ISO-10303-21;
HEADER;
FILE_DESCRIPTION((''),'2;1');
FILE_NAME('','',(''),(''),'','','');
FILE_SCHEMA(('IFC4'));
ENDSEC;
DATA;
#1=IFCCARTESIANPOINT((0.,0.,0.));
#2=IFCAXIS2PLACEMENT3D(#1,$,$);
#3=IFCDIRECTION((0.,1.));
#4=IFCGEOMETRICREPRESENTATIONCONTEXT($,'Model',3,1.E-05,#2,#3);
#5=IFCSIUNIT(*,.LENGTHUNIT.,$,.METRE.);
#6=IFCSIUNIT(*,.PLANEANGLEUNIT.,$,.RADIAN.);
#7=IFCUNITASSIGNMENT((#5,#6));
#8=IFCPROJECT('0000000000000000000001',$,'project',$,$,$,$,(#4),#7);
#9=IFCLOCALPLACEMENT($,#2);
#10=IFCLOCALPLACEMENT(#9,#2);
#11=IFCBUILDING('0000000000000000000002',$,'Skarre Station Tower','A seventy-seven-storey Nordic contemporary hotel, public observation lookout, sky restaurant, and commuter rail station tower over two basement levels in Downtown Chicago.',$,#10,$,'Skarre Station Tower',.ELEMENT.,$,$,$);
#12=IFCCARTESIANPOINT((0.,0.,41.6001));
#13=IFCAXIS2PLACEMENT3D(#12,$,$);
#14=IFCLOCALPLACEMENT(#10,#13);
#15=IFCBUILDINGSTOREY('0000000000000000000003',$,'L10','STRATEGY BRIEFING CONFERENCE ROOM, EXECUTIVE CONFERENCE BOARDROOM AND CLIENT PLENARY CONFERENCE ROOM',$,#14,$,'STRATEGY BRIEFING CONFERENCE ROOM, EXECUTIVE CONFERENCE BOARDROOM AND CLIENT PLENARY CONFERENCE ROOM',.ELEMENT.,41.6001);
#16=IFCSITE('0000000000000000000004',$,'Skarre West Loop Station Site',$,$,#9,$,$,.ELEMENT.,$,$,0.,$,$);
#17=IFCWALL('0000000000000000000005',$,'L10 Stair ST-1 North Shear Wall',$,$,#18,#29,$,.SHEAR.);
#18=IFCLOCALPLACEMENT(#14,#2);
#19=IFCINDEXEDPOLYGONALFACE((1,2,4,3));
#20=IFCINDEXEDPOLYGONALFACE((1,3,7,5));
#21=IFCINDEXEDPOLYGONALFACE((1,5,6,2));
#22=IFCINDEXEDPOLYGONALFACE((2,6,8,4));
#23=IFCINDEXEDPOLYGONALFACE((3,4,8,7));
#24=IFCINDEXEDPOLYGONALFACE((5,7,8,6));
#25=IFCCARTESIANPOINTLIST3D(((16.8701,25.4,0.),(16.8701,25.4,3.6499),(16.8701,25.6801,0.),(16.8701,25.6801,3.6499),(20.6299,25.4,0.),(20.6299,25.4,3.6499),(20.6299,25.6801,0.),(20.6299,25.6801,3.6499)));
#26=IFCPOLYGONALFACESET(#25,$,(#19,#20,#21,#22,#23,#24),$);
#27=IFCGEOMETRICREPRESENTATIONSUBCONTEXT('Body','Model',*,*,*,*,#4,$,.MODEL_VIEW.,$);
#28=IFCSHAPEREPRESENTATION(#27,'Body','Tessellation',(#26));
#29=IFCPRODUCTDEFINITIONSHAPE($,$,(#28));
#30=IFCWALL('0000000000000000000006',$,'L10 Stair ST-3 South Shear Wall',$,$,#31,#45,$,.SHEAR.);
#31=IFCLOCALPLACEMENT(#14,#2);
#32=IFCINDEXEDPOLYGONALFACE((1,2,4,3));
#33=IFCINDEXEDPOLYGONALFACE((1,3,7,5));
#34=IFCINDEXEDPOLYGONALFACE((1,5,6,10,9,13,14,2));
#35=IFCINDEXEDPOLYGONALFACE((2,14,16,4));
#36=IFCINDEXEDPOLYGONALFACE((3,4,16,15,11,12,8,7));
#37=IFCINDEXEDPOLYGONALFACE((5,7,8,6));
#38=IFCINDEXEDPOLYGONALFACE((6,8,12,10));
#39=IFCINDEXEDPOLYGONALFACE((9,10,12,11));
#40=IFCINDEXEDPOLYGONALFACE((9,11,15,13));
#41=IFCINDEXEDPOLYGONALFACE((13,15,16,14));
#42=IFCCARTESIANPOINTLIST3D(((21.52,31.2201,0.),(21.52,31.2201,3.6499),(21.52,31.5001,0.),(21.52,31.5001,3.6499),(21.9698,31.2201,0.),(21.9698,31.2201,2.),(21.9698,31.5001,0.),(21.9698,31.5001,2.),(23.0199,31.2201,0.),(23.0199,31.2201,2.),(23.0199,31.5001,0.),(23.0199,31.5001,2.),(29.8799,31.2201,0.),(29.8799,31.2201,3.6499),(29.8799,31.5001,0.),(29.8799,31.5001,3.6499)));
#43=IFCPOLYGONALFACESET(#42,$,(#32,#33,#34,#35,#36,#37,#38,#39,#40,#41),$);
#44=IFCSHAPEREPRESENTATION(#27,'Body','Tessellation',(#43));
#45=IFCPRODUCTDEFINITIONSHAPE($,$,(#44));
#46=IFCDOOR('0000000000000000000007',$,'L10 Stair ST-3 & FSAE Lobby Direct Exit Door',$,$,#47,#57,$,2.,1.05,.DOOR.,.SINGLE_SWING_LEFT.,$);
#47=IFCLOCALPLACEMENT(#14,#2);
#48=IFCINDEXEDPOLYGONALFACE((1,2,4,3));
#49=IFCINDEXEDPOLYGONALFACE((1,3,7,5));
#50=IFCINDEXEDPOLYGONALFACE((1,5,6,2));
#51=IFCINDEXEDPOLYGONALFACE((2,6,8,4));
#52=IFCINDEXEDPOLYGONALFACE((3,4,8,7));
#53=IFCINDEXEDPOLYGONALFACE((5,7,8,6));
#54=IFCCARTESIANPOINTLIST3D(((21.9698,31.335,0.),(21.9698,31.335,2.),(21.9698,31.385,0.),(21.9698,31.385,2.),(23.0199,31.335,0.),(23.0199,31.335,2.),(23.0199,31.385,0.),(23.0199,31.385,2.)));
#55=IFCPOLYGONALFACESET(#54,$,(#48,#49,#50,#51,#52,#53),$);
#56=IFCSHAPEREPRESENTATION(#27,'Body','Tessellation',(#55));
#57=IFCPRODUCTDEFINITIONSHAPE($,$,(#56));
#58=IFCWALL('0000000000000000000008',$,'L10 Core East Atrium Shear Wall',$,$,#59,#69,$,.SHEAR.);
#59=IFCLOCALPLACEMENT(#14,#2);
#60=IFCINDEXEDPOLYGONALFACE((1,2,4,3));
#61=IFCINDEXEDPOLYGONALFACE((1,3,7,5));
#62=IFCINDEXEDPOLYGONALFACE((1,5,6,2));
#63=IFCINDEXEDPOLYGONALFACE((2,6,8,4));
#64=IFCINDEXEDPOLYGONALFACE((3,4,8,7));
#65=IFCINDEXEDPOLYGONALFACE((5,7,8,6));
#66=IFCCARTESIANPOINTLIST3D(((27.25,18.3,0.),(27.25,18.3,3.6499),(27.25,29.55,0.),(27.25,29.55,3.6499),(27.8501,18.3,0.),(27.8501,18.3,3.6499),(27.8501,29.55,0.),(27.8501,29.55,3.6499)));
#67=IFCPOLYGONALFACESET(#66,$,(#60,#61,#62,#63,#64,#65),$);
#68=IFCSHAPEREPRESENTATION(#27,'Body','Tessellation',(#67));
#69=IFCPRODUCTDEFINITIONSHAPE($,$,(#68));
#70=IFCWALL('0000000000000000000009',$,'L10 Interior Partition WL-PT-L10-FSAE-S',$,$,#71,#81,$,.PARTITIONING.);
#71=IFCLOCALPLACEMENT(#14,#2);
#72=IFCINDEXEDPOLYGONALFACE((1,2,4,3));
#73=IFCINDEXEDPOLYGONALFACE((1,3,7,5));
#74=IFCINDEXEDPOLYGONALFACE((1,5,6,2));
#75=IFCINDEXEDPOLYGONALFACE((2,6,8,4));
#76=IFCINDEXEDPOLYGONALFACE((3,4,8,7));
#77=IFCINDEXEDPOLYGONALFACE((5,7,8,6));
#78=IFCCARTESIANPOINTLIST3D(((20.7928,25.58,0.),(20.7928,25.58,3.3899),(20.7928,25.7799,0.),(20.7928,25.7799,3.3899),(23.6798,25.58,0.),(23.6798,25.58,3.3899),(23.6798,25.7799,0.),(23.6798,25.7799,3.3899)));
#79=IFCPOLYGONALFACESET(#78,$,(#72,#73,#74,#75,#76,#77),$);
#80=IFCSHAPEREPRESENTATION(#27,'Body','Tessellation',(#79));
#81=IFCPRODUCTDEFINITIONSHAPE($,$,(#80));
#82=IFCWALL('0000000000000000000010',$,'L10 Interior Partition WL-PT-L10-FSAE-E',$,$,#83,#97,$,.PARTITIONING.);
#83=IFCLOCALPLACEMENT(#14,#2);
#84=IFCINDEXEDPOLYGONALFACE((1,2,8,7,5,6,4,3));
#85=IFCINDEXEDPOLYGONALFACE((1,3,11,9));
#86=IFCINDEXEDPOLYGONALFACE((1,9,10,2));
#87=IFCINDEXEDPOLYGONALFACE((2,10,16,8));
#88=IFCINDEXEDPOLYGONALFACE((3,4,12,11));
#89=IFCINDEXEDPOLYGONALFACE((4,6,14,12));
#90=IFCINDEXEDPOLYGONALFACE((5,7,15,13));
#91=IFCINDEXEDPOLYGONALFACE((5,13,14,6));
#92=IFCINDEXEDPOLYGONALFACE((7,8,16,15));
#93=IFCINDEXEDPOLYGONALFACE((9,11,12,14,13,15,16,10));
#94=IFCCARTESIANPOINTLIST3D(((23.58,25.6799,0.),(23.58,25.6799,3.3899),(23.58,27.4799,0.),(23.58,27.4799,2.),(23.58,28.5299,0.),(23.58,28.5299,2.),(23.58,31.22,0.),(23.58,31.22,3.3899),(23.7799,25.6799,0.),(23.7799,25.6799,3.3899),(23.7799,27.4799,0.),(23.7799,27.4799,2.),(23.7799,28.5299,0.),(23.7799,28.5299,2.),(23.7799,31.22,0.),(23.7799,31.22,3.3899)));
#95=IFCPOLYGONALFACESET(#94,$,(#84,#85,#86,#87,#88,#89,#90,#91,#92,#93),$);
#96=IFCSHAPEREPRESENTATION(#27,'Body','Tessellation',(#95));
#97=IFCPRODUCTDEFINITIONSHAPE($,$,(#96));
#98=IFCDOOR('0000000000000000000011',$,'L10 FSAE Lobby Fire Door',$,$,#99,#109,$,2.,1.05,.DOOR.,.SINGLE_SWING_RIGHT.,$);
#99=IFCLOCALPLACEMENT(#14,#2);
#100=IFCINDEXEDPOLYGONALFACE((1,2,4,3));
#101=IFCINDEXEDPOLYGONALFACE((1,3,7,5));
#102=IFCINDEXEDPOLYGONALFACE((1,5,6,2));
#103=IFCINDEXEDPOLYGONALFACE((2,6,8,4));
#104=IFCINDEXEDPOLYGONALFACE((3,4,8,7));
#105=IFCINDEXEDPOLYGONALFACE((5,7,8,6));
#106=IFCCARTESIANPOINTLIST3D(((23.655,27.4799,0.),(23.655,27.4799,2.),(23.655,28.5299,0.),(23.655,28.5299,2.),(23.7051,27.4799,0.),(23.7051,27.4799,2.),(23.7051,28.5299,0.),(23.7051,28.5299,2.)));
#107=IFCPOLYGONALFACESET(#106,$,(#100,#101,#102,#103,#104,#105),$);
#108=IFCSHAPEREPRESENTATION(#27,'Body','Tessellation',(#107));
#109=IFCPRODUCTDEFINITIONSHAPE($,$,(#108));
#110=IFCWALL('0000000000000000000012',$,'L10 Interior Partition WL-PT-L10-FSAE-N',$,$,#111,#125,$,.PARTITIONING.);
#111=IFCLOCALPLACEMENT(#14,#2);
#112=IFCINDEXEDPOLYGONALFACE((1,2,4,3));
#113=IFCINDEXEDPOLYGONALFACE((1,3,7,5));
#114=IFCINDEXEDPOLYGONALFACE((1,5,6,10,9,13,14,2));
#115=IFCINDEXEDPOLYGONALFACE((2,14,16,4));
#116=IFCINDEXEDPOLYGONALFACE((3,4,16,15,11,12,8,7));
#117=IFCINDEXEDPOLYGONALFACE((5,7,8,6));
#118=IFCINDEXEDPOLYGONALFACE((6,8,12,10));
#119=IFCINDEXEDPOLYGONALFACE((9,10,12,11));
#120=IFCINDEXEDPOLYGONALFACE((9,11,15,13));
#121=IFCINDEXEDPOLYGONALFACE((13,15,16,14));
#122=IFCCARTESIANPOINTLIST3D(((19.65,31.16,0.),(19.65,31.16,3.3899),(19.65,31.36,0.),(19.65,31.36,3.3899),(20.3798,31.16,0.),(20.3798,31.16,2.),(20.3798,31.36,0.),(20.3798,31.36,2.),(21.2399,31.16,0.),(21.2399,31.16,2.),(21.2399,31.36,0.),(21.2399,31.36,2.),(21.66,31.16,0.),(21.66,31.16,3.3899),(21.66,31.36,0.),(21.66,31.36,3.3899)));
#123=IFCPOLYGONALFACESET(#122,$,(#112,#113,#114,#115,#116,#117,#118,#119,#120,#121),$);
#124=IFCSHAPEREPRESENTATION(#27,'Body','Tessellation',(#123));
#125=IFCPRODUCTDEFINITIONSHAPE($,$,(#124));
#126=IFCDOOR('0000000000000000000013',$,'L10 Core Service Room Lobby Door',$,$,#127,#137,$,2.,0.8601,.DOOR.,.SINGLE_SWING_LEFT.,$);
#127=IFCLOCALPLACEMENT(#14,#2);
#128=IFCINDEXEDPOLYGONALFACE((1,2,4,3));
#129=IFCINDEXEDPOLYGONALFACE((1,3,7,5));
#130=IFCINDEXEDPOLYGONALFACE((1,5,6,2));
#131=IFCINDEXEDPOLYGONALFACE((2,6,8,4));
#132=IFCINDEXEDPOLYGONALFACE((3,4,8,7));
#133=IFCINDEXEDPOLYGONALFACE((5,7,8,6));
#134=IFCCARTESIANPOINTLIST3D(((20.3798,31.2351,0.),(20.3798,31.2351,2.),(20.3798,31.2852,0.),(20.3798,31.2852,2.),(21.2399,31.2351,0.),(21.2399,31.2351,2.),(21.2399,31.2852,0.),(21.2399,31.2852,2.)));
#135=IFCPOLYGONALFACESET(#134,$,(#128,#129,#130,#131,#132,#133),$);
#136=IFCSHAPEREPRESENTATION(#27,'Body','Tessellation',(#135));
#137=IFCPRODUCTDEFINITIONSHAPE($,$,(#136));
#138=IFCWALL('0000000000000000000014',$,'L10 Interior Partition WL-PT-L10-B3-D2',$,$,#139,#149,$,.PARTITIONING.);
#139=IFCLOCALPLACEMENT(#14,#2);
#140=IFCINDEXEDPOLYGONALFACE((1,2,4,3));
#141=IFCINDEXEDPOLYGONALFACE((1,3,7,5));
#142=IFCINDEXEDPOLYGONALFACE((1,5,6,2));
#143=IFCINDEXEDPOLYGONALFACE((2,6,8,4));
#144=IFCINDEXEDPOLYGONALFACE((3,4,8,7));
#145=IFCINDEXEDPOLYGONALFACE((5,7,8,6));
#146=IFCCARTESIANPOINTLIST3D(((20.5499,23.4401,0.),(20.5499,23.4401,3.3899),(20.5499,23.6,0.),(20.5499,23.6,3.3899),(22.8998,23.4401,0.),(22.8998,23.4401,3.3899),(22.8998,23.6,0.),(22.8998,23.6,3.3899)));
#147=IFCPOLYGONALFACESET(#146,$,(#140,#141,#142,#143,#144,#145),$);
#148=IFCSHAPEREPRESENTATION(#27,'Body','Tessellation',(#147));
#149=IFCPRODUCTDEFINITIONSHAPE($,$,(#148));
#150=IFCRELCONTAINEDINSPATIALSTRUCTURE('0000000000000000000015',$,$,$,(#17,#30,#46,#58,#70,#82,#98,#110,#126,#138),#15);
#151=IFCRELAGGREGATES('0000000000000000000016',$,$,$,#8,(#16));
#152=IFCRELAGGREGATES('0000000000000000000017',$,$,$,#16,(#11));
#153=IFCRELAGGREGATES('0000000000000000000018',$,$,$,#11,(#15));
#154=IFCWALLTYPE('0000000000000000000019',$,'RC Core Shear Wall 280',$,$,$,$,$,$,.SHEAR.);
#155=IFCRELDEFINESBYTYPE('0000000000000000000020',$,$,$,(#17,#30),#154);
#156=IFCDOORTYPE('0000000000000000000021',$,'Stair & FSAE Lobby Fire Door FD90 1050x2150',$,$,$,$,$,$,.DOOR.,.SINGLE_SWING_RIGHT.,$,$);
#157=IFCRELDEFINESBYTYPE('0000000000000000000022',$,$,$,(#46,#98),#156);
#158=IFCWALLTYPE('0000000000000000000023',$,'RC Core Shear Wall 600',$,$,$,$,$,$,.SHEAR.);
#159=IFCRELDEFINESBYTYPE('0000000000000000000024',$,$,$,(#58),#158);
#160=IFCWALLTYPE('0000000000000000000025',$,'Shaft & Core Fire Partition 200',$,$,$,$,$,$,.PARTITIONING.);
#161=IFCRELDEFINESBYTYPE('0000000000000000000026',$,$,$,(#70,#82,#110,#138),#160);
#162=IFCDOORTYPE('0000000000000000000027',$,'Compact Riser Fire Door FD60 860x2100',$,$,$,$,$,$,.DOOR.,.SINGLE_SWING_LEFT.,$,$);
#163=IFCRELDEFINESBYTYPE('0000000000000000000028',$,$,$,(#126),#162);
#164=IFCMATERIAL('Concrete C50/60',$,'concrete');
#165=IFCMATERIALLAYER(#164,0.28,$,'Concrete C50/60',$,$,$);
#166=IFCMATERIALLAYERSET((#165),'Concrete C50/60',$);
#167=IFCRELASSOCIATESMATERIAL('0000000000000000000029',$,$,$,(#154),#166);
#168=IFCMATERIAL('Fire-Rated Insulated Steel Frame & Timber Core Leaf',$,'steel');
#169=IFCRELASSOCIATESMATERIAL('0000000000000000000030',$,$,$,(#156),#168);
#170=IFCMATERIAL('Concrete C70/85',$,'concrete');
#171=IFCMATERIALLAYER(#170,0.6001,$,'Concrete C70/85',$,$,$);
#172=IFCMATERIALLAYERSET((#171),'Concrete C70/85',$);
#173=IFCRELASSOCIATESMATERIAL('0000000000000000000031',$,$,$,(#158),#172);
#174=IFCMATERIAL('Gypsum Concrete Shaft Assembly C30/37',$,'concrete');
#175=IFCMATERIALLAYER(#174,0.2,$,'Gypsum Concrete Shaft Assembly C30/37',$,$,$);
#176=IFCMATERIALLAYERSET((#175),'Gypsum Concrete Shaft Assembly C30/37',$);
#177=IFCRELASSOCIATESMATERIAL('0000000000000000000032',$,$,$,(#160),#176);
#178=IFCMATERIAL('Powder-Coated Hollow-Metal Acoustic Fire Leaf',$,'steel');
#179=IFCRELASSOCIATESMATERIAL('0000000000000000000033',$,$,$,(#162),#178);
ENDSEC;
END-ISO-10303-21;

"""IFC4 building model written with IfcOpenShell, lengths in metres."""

from ifc_helpers import new_model, si_unit, direction, frame, frame_2d, origin, place, context, subcontext, project, spatial, rectangle, extrude, material, layer, layer_set, type_object, element, fill, save


model = new_model("IFC4")

# Units and contexts
model_context = context("Model", 3, precision=1e-05, world=origin(), true_north=direction((0.0, 1.0)))
body_context = subcontext(model_context, "Body", "Model", "MODEL_VIEW")
ifc_project = project(units=[si_unit("LENGTHUNIT", "METRE"), si_unit("PLANEANGLEUNIT", "RADIAN")], contexts=[model_context])

# Site, building, storey
site_placement = place(None, origin())
site = spatial("IfcSite", under=ifc_project, at=site_placement, Name="Skarre West Loop Station Site", CompositionType="ELEMENT", RefElevation=0.0)
building_placement = place(site_placement, origin())
building = spatial("IfcBuilding", under=site, at=building_placement, Name="Skarre Station Tower", Description="A seventy-seven-storey Nordic contemporary hotel, public observation lookout, sky restaurant, and commuter rail station tower over two basement levels in Downtown Chicago.", LongName="Skarre Station Tower", CompositionType="ELEMENT")
storey_placement = place(building_placement, frame((0.0, 0.0, 41.6001)))
storey = spatial("IfcBuildingStorey", under=building, at=storey_placement, Name="L10", Description="STRATEGY BRIEFING CONFERENCE ROOM, EXECUTIVE CONFERENCE BOARDROOM AND CLIENT PLENARY CONFERENCE ROOM", LongName="STRATEGY BRIEFING CONFERENCE ROOM, EXECUTIVE CONFERENCE BOARDROOM AND CLIENT PLENARY CONFERENCE ROOM", CompositionType="ELEMENT", Elevation=41.6001)

# Wall
ifc_material_1 = material(Name="Concrete C50/60", Category="concrete")
ifc_layer_1 = layer(ifc_material_1, 0.28, Name="Concrete C50/60")
ifc_layer_set_1 = layer_set([ifc_layer_1], Name="Concrete C50/60")
wall_type_1 = type_object("IfcWallType", Name="RC Core Shear Wall 280", PredefinedType="SHEAR", material=ifc_layer_set_1)
wall_1_placement = place(storey_placement, frame((20.6299, 25.54, 0.0), z_axis=(0.0, 0.0, 1.0), x_axis=(-1.0, 0.0, 0.0)))
element("IfcWall", 1, at=wall_1_placement, inside=storey, type_object=wall_type_1, Name="L10 Stair ST-1 North Shear Wall", PredefinedType="SHEAR", context=body_context, shape_type="SweptSolid", body=[
    extrude(rectangle(XDim=3.7598, YDim=0.28, at=frame_2d((1.8799, 0.0))), origin(), (0.0, 0.0, 1.0), 3.6499),
])

# Wall, opening, door
wall_2_placement = place(storey_placement, frame((21.52, 31.3601, 0.0), z_axis=(0.0, 0.0, 1.0), x_axis=(1.0, 0.0, 0.0)))
wall_2 = element("IfcWall", 2, at=wall_2_placement, inside=storey, type_object=wall_type_1, Name="L10 Stair ST-3 South Shear Wall", PredefinedType="SHEAR", context=body_context, shape_type="SweptSolid", body=[
    extrude(rectangle(XDim=8.3599, YDim=0.28, at=frame_2d((4.1799, 0.0))), origin(), (0.0, 0.0, 1.0), 3.6499),
])
opening_1_placement = place(wall_2_placement, frame((0.45, 0.0, 0.0)))
opening_1 = element("IfcOpeningElement", 3, at=opening_1_placement, cuts=wall_2, PredefinedType="OPENING", context=body_context, shape_type="SweptSolid", body=[
    extrude(rectangle(XDim=1.05, YDim=2.0, at=frame_2d((0.5249, 1.0))), frame((0.0, 0.1499, 0.0), z_axis=(0.0, -1.0, 0.0), x_axis=(1.0, 0.0, 0.0)), (0.0, 0.0, 1.0), 0.3),
])
ifc_material_2 = material(Name="Fire-Rated Insulated Steel Frame & Timber Core Leaf", Category="steel")
door_type_1 = type_object("IfcDoorType", Name="Stair & FSAE Lobby Fire Door FD90 1050x2150", OperationType="SINGLE_SWING_RIGHT", PredefinedType="DOOR", material=ifc_material_2)
door_1_placement = place(opening_1_placement, origin())
door_1 = element("IfcDoor", 4, at=door_1_placement, inside=storey, type_object=door_type_1, Name="L10 Stair ST-3 & FSAE Lobby Direct Exit Door", OperationType="SINGLE_SWING_LEFT", OverallHeight=2.0, OverallWidth=1.05, PredefinedType="DOOR", context=body_context, shape_type="SweptSolid", body=[
    extrude(rectangle(XDim=1.05, YDim=2.0, at=frame_2d((0.5249, 1.0))), frame((0.0, 0.0249, 0.0), z_axis=(0.0, -1.0, 0.0), x_axis=(1.0, 0.0, 0.0)), (0.0, 0.0, 1.0), 0.05),
])
fill(opening_1, door_1)

# Walls
ifc_material_3 = material(Name="Concrete C70/85", Category="concrete")
ifc_layer_2 = layer(ifc_material_3, 0.6001, Name="Concrete C70/85")
ifc_layer_set_2 = layer_set([ifc_layer_2], Name="Concrete C70/85")
wall_type_2 = type_object("IfcWallType", Name="RC Core Shear Wall 600", PredefinedType="SHEAR", material=ifc_layer_set_2)
wall_3_placement = place(storey_placement, frame((27.55, 29.55, 0.0), z_axis=(0.0, 0.0, 1.0), x_axis=(0.0, -1.0, 0.0)))
element("IfcWall", 5, at=wall_3_placement, inside=storey, type_object=wall_type_2, Name="L10 Core East Atrium Shear Wall", PredefinedType="SHEAR", context=body_context, shape_type="SweptSolid", body=[
    extrude(rectangle(XDim=11.25, YDim=0.6001, at=frame_2d((5.625, 0.0))), origin(), (0.0, 0.0, 1.0), 3.6499),
])
ifc_material_4 = material(Name="Gypsum Concrete Shaft Assembly C30/37", Category="concrete")
ifc_layer_3 = layer(ifc_material_4, 0.2, Name="Gypsum Concrete Shaft Assembly C30/37")
ifc_layer_set_3 = layer_set([ifc_layer_3], Name="Gypsum Concrete Shaft Assembly C30/37")
wall_type_3 = type_object("IfcWallType", Name="Shaft & Core Fire Partition 200", PredefinedType="PARTITIONING", material=ifc_layer_set_3)
wall_4_placement = place(storey_placement, frame((20.793, 25.6799, 0.0), z_axis=(0.0, 0.0, 1.0), x_axis=(1.0, 0.0, 0.0)))
element("IfcWall", 6, at=wall_4_placement, inside=storey, type_object=wall_type_3, Name="L10 Interior Partition WL-PT-L10-FSAE-S", PredefinedType="PARTITIONING", context=body_context, shape_type="SweptSolid", body=[
    extrude(rectangle(XDim=2.887, YDim=0.2, at=frame_2d((1.4434, 0.0))), origin(), (0.0, 0.0, 1.0), 3.3899),
])

# Walls, openings, doors
wall_5_placement = place(storey_placement, frame((23.6799, 25.6799, 0.0), z_axis=(0.0, 0.0, 1.0), x_axis=(0.0, 1.0, 0.0)))
wall_5 = element("IfcWall", 7, at=wall_5_placement, inside=storey, type_object=wall_type_3, Name="L10 Interior Partition WL-PT-L10-FSAE-E", PredefinedType="PARTITIONING", context=body_context, shape_type="SweptSolid", body=[
    extrude(rectangle(XDim=5.54, YDim=0.2, at=frame_2d((2.77, 0.0))), origin(), (0.0, 0.0, 1.0), 3.3899),
])
opening_2_placement = place(wall_5_placement, frame((1.8, 0.0, 0.0)))
opening_2 = element("IfcOpeningElement", 8, at=opening_2_placement, cuts=wall_5, PredefinedType="OPENING", context=body_context, shape_type="SweptSolid", body=[
    extrude(rectangle(XDim=1.05, YDim=2.0, at=frame_2d((0.5249, 1.0))), frame((0.0, 0.1099, 0.0), z_axis=(0.0, -1.0, 0.0), x_axis=(1.0, 0.0, 0.0)), (0.0, 0.0, 1.0), 0.22),
])
door_2_placement = place(opening_2_placement, origin())
door_2 = element("IfcDoor", 9, at=door_2_placement, inside=storey, type_object=door_type_1, Name="L10 FSAE Lobby Fire Door", OperationType="SINGLE_SWING_RIGHT", OverallHeight=2.0, OverallWidth=1.05, PredefinedType="DOOR", context=body_context, shape_type="SweptSolid", body=[
    extrude(rectangle(XDim=1.05, YDim=2.0, at=frame_2d((0.5249, 1.0))), frame((0.0, 0.0249, 0.0), z_axis=(0.0, -1.0, 0.0), x_axis=(1.0, 0.0, 0.0)), (0.0, 0.0, 1.0), 0.05),
])
fill(opening_2, door_2)
wall_6_placement = place(storey_placement, frame((21.6599, 31.26, 0.0), z_axis=(0.0, 0.0, 1.0), x_axis=(-1.0, 0.0, 0.0)))
wall_6 = element("IfcWall", 10, at=wall_6_placement, inside=storey, type_object=wall_type_3, Name="L10 Interior Partition WL-PT-L10-FSAE-N", PredefinedType="PARTITIONING", context=body_context, shape_type="SweptSolid", body=[
    extrude(rectangle(XDim=2.01, YDim=0.2, at=frame_2d((1.0049, 0.0))), origin(), (0.0, 0.0, 1.0), 3.3899),
])
opening_3_placement = place(wall_6_placement, frame((0.4199, 0.0, 0.0)))
opening_3 = element("IfcOpeningElement", 11, at=opening_3_placement, cuts=wall_6, PredefinedType="OPENING", context=body_context, shape_type="SweptSolid", body=[
    extrude(rectangle(XDim=0.8601, YDim=2.0, at=frame_2d((0.4302, 1.0))), frame((0.0, 0.1099, 0.0), z_axis=(0.0, -1.0, 0.0), x_axis=(1.0, 0.0, 0.0)), (0.0, 0.0, 1.0), 0.22),
])
ifc_material_5 = material(Name="Powder-Coated Hollow-Metal Acoustic Fire Leaf", Category="steel")
door_type_2 = type_object("IfcDoorType", Name="Compact Riser Fire Door FD60 860x2100", OperationType="SINGLE_SWING_LEFT", PredefinedType="DOOR", material=ifc_material_5)
door_3_placement = place(opening_3_placement, origin())
door_3 = element("IfcDoor", 12, at=door_3_placement, inside=storey, type_object=door_type_2, Name="L10 Core Service Room Lobby Door", OperationType="SINGLE_SWING_LEFT", OverallHeight=2.0, OverallWidth=0.8601, PredefinedType="DOOR", context=body_context, shape_type="SweptSolid", body=[
    extrude(rectangle(XDim=0.8601, YDim=2.0, at=frame_2d((0.4302, 1.0))), frame((0.0, 0.0249, 0.0), z_axis=(0.0, -1.0, 0.0), x_axis=(1.0, 0.0, 0.0)), (0.0, 0.0, 1.0), 0.05),
])
fill(opening_3, door_3)

# Wall
wall_7_placement = place(storey_placement, frame((20.55, 23.52, 0.0), z_axis=(0.0, 0.0, 1.0), x_axis=(1.0, 0.0, 0.0)))
element("IfcWall", 13, at=wall_7_placement, inside=storey, type_object=wall_type_3, Name="L10 Interior Partition WL-PT-L10-B3-D2", PredefinedType="PARTITIONING", context=body_context, shape_type="SweptSolid", body=[
    extrude(rectangle(XDim=2.3499, YDim=0.1599, at=frame_2d((1.1748, 0.0))), origin(), (0.0, 0.0, 1.0), 3.3899),
])

save(model, "model.ifc")
